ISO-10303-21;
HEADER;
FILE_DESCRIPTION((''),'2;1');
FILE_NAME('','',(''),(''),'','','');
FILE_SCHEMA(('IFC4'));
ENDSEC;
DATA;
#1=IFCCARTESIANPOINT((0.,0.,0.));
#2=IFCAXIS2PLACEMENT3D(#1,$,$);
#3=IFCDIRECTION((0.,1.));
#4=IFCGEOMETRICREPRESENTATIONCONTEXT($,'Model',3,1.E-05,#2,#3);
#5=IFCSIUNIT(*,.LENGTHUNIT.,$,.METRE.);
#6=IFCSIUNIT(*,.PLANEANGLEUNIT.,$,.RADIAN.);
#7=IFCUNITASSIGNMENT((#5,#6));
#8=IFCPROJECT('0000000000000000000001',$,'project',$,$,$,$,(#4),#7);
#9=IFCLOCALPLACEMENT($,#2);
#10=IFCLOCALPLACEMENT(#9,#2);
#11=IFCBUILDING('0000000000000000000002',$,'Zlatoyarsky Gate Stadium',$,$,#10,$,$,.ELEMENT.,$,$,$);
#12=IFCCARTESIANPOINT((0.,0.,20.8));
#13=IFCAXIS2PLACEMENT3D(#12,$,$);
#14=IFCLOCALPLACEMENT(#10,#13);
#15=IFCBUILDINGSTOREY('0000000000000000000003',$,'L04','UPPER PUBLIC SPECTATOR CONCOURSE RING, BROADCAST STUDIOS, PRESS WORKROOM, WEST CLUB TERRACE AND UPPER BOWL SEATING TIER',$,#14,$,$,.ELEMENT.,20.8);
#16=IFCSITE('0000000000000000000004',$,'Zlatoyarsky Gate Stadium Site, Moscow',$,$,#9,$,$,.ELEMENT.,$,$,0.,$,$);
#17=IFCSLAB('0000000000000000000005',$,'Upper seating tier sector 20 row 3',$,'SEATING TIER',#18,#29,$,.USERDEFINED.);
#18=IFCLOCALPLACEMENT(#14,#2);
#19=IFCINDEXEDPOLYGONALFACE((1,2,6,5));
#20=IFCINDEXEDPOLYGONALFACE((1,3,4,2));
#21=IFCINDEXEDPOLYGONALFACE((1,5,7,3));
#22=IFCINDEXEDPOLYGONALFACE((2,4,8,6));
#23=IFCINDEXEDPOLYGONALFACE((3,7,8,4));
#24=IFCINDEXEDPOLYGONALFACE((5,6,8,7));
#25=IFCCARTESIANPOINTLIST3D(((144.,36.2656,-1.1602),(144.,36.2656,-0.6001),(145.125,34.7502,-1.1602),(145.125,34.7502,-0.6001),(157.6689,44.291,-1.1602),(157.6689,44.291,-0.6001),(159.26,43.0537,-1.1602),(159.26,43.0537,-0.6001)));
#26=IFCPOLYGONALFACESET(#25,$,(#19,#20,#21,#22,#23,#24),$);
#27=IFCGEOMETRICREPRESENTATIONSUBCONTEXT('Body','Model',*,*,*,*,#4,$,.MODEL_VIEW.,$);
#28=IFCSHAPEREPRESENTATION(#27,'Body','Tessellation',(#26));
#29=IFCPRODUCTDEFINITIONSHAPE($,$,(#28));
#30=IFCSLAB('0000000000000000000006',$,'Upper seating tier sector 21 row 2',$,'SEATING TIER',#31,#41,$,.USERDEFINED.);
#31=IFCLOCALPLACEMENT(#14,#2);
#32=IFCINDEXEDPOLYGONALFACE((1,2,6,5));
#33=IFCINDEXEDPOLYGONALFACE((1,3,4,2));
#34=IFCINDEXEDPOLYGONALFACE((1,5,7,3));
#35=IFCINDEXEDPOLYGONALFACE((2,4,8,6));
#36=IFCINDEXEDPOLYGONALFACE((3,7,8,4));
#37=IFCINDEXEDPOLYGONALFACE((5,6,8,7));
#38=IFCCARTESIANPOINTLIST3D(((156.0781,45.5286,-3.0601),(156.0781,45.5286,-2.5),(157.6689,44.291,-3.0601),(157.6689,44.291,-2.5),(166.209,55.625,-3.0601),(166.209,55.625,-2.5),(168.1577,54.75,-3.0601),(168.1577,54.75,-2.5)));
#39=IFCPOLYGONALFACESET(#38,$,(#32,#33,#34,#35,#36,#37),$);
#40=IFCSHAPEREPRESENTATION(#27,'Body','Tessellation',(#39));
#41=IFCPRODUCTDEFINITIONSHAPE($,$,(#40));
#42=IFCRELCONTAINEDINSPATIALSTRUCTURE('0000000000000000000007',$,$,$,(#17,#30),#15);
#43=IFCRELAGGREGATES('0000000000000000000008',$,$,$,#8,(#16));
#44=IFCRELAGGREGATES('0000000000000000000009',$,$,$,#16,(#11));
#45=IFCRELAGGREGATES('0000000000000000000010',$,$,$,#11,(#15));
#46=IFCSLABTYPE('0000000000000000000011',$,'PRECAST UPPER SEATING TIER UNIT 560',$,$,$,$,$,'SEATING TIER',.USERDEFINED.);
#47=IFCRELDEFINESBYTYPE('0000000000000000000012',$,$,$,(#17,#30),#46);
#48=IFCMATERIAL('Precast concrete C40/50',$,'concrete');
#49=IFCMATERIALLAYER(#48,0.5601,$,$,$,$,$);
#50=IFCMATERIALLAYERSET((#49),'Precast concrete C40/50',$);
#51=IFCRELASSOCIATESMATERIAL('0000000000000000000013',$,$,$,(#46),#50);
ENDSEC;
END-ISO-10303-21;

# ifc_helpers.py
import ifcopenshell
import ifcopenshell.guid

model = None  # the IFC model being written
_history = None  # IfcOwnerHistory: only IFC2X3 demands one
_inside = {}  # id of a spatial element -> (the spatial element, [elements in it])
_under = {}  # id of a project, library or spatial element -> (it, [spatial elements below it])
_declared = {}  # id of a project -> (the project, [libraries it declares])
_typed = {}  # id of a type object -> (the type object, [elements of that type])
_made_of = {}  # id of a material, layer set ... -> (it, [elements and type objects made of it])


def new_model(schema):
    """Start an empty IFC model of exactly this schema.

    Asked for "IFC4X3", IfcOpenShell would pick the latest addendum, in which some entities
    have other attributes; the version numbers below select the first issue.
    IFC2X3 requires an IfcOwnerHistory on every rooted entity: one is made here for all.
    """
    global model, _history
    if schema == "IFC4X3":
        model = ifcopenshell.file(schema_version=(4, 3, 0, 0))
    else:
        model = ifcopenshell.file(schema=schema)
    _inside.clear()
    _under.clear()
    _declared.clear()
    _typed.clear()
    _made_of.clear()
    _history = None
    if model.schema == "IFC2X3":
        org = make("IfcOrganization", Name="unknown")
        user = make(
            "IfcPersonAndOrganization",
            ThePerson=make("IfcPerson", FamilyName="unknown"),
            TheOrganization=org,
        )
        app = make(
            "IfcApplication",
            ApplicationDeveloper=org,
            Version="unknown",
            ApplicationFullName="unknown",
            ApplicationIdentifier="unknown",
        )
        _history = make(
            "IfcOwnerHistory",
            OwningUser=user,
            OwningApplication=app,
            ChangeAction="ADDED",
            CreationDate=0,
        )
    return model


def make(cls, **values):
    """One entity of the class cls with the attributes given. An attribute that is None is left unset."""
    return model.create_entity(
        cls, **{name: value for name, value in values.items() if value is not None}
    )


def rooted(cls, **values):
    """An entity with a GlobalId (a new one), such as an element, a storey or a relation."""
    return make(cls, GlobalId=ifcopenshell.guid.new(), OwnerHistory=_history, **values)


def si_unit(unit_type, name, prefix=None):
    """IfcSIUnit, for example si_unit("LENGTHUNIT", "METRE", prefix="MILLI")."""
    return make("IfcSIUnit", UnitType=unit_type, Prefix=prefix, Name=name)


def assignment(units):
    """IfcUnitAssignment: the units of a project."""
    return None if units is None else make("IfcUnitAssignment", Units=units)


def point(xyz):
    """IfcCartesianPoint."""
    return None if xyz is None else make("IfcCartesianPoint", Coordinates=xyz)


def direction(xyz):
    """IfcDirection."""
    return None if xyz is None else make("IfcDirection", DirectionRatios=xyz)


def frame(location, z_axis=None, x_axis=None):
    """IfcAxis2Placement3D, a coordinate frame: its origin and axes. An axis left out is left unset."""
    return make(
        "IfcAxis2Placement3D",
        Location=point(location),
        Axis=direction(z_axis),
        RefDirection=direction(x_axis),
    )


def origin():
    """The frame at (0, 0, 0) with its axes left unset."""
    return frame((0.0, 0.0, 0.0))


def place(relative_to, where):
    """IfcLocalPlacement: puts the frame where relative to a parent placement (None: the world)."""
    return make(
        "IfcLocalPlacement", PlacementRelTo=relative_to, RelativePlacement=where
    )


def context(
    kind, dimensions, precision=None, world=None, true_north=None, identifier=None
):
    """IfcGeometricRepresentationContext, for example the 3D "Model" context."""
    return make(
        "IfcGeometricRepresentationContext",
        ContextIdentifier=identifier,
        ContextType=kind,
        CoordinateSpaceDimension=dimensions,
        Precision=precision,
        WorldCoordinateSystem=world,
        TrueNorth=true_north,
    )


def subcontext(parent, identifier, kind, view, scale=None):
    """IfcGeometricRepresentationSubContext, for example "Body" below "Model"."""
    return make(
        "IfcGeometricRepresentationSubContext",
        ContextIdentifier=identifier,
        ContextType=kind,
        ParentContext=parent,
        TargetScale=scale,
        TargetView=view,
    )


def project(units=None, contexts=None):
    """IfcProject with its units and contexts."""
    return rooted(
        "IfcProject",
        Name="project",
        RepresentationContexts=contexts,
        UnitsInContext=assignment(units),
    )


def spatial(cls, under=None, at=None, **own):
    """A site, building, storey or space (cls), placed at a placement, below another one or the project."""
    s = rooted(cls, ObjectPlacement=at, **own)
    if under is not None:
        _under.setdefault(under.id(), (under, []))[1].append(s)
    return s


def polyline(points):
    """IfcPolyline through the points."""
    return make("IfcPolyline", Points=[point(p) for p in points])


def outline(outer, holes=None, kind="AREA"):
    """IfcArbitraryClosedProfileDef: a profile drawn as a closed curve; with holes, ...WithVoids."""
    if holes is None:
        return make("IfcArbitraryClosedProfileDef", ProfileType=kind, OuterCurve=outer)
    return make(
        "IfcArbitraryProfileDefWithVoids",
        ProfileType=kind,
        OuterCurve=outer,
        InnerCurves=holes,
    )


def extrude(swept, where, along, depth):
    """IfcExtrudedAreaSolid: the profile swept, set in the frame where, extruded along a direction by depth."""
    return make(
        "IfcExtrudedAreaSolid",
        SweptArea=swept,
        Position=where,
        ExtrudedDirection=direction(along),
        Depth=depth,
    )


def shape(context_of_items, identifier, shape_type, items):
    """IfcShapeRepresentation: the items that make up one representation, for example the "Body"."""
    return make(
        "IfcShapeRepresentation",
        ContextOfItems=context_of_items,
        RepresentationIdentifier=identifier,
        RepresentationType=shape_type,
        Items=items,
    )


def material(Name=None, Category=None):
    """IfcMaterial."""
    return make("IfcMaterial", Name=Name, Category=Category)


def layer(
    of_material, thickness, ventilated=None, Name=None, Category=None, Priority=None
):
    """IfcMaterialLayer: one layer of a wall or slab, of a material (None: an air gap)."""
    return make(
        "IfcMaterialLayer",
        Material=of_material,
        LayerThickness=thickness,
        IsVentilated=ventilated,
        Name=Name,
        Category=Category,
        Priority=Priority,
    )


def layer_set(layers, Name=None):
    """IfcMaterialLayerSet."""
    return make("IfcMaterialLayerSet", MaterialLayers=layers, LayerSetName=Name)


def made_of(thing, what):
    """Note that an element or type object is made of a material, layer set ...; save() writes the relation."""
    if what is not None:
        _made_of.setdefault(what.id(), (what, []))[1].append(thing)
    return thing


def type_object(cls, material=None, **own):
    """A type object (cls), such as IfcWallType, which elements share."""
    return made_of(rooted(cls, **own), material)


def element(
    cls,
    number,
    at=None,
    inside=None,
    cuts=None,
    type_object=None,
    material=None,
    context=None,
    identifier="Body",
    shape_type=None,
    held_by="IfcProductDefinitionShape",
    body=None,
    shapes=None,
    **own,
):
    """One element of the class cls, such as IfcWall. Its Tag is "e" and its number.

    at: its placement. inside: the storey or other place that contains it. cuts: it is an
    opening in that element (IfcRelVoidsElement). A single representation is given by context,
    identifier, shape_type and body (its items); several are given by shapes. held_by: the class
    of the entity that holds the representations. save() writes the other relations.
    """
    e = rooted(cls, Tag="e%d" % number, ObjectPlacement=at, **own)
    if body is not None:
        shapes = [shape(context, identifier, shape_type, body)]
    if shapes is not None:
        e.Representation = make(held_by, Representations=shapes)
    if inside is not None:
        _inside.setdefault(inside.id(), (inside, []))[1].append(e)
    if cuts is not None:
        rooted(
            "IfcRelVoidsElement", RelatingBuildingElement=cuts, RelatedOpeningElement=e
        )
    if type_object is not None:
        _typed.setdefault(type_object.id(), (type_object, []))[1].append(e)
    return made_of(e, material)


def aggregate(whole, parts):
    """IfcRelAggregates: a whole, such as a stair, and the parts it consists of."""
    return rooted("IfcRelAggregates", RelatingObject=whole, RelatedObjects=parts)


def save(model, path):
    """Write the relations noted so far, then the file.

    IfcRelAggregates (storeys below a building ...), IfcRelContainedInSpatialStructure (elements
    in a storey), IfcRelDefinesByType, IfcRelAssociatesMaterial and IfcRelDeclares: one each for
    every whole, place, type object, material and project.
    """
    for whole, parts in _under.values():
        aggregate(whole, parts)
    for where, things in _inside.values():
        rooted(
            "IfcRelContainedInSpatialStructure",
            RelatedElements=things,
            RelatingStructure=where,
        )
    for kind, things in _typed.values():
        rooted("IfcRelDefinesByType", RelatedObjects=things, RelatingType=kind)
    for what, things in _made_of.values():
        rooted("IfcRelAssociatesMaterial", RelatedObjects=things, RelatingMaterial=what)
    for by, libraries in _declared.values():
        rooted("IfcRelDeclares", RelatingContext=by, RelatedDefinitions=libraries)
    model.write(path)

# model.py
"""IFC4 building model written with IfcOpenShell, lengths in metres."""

from ifc_helpers import new_model, si_unit, direction, frame, origin, place, context, subcontext, project, spatial, polyline, outline, extrude, material, layer, layer_set, type_object, element, save


model = new_model("IFC4")

# Units and contexts
model_context = context("Model", 3, precision=1e-05, world=origin(), true_north=direction((0.0, 1.0)))
body_context = subcontext(model_context, "Body", "Model", "MODEL_VIEW")
ifc_project = project(units=[si_unit("LENGTHUNIT", "METRE"), si_unit("PLANEANGLEUNIT", "RADIAN")], contexts=[model_context])

# Site, building, storey
site_placement = place(None, origin())
site = spatial("IfcSite", under=ifc_project, at=site_placement, Name="Zlatoyarsky Gate Stadium Site, Moscow", CompositionType="ELEMENT", RefElevation=0.0)
building_placement = place(site_placement, origin())
building = spatial("IfcBuilding", under=site, at=building_placement, Name="Zlatoyarsky Gate Stadium", CompositionType="ELEMENT")
storey_placement = place(building_placement, frame((0.0, 0.0, 20.8)))
storey = spatial("IfcBuildingStorey", under=building, at=storey_placement, Name="L04", Description="UPPER PUBLIC SPECTATOR CONCOURSE RING, BROADCAST STUDIOS, PRESS WORKROOM, WEST CLUB TERRACE AND UPPER BOWL SEATING TIER", CompositionType="ELEMENT", Elevation=20.8)

# Slabs
ifc_material_1 = material(Name="Precast concrete C40/50", Category="concrete")
ifc_layer_1 = layer(ifc_material_1, 0.5601)
ifc_layer_set_1 = layer_set([ifc_layer_1], Name="Precast concrete C40/50")
slab_type_1 = type_object("IfcSlabType", Name="PRECAST UPPER SEATING TIER UNIT 560", ElementType="SEATING TIER", PredefinedType="USERDEFINED", material=ifc_layer_set_1)
slab_1_placement = place(storey_placement, frame((0.0, 0.0, -1.1602)))
element("IfcSlab", 1, at=slab_1_placement, inside=storey, type_object=slab_type_1, Name="Upper seating tier sector 20 row 3", ObjectType="SEATING TIER", PredefinedType="USERDEFINED", context=body_context, shape_type="SweptSolid", body=[
    extrude(outline(polyline([(144.0, 36.2656), (145.125, 34.7502), (159.26, 43.0537), (157.6689, 44.291), (144.0, 36.2656)])), origin(), (0.0, 0.0, 1.0), 0.5601),
])
slab_2_placement = place(storey_placement, frame((0.0, 0.0, -3.0601)))
element("IfcSlab", 2, at=slab_2_placement, inside=storey, type_object=slab_type_1, Name="Upper seating tier sector 21 row 2", ObjectType="SEATING TIER", PredefinedType="USERDEFINED", context=body_context, shape_type="SweptSolid", body=[
    extrude(outline(polyline([(156.0781, 45.5286), (157.6689, 44.291), (168.1577, 54.75), (166.209, 55.625), (156.0781, 45.5286)])), origin(), (0.0, 0.0, 1.0), 0.5601),
])

save(model, "model.ifc")
